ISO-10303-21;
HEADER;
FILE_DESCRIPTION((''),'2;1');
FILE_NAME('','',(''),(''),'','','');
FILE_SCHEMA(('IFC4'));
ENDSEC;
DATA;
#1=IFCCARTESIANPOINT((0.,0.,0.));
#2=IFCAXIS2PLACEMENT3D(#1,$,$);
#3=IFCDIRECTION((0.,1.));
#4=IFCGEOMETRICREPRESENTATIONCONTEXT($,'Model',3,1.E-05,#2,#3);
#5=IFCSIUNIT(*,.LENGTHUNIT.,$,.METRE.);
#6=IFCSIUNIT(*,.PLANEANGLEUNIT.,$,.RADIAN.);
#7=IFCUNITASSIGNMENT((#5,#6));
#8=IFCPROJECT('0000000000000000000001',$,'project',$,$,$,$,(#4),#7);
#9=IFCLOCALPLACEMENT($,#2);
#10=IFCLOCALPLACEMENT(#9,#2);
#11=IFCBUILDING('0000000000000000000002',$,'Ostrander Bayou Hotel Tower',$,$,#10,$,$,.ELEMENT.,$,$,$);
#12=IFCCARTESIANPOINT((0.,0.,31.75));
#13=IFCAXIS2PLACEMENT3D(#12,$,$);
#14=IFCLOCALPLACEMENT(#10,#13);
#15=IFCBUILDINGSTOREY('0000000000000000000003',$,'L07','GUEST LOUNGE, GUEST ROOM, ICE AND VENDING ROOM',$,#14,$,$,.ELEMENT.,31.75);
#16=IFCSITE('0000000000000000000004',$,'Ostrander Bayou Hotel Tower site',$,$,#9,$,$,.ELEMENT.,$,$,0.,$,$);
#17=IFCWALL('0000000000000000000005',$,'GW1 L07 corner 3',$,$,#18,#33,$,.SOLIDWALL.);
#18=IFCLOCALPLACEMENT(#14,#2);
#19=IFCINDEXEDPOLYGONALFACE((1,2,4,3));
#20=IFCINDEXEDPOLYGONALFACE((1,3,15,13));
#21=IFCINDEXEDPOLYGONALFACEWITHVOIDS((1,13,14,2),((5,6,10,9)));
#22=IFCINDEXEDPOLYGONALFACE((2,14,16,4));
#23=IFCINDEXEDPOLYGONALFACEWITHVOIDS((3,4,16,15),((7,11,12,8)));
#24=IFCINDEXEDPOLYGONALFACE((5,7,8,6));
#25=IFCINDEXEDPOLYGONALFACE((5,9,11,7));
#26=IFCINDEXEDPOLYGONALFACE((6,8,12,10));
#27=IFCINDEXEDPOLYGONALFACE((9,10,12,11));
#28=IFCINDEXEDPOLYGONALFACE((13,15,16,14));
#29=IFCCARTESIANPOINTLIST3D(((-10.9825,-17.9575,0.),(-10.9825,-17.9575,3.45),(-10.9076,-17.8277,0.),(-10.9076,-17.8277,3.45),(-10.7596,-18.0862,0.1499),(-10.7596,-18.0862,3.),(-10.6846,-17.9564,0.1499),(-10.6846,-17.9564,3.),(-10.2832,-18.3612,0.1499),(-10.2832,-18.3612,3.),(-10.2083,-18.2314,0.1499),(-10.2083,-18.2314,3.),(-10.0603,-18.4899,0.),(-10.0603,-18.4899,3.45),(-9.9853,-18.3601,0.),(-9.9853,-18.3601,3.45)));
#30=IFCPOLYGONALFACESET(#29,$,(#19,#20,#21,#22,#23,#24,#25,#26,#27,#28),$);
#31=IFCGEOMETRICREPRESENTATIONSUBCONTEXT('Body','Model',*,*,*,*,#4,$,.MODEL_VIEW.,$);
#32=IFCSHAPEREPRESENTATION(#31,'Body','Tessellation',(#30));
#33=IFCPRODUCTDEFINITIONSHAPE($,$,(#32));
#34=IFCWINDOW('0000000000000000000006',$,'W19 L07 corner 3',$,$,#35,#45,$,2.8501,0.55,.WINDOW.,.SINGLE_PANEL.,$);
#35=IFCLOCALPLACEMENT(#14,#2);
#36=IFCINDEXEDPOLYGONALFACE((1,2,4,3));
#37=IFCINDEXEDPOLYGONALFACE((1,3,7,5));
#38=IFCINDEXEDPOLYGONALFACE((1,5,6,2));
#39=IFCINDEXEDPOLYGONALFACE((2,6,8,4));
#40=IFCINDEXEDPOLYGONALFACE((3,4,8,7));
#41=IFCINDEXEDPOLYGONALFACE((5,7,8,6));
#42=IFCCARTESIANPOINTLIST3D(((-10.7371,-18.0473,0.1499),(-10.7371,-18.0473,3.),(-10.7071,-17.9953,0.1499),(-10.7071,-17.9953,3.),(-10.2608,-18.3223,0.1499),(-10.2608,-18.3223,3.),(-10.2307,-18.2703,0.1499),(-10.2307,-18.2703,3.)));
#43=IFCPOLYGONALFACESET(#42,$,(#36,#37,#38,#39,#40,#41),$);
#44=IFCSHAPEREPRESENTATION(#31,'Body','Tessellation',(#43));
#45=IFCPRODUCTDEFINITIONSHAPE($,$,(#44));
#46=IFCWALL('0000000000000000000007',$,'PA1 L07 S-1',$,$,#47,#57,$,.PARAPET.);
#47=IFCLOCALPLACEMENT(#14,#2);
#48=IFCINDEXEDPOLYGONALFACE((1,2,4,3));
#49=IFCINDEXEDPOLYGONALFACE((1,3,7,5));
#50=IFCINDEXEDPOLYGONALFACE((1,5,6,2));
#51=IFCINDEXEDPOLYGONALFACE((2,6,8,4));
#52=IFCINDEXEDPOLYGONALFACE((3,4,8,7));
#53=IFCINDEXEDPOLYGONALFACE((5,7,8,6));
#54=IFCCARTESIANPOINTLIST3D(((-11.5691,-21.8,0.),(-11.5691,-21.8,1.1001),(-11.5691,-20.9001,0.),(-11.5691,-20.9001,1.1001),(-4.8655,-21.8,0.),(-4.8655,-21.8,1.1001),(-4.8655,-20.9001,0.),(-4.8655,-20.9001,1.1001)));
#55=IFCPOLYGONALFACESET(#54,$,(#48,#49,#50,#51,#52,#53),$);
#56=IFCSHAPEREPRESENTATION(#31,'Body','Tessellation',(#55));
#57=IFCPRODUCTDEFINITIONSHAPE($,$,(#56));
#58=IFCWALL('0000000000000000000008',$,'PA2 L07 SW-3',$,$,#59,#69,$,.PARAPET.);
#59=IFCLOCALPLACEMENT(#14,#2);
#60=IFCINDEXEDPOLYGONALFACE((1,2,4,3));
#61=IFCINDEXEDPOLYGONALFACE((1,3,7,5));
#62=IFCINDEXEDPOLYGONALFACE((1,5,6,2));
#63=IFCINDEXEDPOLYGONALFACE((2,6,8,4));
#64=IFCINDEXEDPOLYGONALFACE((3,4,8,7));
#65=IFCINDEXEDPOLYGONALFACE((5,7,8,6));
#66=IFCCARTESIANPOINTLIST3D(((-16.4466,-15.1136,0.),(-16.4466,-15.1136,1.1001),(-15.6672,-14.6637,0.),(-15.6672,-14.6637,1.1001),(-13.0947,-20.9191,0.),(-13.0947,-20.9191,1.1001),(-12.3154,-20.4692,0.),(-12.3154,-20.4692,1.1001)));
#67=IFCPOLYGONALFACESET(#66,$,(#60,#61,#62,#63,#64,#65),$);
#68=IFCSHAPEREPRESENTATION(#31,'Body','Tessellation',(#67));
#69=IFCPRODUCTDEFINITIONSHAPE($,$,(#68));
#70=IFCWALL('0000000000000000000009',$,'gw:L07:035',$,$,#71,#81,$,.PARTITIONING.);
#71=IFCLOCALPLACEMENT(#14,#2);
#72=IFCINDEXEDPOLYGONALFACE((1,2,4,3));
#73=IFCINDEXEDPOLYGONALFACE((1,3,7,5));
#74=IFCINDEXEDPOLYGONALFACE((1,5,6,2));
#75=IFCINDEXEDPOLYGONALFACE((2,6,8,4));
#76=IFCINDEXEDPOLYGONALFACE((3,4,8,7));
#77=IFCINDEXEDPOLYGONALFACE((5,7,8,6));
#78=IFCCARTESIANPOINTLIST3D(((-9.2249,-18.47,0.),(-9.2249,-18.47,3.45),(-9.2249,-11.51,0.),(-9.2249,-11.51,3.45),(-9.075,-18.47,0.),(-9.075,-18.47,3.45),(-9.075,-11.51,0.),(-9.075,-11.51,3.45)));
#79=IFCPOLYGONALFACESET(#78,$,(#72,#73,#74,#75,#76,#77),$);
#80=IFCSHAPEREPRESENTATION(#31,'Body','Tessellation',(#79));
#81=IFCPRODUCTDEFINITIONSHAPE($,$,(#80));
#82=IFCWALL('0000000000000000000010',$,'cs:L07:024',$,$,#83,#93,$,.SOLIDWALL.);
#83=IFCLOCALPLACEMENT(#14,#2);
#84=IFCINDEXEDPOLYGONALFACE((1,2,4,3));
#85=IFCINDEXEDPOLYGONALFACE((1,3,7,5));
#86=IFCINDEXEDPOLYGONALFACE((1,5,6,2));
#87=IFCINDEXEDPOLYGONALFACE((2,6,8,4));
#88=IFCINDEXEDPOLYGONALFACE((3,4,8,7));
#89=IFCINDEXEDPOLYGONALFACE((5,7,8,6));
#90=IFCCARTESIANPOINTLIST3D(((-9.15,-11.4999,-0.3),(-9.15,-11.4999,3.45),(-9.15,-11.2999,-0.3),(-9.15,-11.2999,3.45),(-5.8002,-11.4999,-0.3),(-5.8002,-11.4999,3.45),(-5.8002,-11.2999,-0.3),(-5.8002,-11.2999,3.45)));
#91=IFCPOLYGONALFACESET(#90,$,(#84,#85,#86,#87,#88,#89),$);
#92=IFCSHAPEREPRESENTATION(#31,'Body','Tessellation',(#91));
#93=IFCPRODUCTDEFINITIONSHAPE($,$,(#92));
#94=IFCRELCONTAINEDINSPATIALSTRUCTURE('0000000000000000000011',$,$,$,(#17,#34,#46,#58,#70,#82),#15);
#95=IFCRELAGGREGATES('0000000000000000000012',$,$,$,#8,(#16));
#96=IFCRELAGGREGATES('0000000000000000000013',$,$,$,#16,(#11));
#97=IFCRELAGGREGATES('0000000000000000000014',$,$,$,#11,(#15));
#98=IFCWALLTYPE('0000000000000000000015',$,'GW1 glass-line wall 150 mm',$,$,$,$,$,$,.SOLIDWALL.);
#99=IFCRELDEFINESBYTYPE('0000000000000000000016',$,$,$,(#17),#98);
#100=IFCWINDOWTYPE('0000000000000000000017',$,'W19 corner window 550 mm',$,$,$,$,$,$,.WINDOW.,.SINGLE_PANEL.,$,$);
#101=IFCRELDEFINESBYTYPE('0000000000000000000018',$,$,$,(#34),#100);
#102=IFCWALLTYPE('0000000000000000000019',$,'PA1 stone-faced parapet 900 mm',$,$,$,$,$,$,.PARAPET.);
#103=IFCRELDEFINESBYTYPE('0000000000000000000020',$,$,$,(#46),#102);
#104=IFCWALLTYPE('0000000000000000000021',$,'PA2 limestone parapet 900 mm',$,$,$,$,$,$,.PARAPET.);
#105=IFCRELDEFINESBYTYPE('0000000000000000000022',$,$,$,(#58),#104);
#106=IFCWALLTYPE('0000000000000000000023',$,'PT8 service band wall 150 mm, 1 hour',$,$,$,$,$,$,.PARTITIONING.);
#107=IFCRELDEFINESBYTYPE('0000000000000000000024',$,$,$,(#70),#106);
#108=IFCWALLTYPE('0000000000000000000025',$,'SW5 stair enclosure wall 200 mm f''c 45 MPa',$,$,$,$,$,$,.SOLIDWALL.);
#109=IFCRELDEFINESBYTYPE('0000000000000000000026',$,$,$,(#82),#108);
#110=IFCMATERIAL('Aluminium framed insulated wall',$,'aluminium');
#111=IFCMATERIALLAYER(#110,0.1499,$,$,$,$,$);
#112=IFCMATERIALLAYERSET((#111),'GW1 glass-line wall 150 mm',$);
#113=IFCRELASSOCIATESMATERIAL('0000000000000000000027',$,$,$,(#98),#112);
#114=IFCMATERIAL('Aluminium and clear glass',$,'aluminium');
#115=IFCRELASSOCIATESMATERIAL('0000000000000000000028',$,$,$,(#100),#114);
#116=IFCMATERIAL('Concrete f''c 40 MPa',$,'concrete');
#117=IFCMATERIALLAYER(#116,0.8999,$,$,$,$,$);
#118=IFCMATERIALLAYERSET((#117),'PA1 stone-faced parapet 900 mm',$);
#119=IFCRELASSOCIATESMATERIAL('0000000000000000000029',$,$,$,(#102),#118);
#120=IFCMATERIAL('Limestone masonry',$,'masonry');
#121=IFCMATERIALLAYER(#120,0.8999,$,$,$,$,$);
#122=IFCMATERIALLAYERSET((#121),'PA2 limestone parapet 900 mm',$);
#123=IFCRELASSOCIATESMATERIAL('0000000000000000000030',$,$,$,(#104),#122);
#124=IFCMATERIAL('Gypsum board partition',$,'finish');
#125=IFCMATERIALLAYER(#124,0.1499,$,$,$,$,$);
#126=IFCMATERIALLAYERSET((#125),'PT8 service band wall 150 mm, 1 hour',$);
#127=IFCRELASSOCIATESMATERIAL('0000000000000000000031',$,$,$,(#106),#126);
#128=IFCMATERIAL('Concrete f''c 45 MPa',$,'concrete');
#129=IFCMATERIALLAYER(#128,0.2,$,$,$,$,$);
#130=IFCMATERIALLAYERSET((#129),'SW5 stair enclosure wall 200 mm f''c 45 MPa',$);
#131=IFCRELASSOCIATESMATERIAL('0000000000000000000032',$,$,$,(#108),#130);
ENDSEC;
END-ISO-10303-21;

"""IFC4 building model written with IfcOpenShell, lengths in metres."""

from ifc_helpers import new_model, si_unit, direction, frame, frame_2d, origin, place, context, subcontext, project, spatial, rectangle, extrude, material, layer, layer_set, type_object, element, fill, save


model = new_model("IFC4")

# Units and contexts
model_context = context("Model", 3, precision=1e-05, world=origin(), true_north=direction((0.0, 1.0)))
body_context = subcontext(model_context, "Body", "Model", "MODEL_VIEW")
ifc_project = project(units=[si_unit("LENGTHUNIT", "METRE"), si_unit("PLANEANGLEUNIT", "RADIAN")], contexts=[model_context])

# Site, building, storey
site_placement = place(None, origin())
site = spatial("IfcSite", under=ifc_project, at=site_placement, Name="Ostrander Bayou Hotel Tower site", CompositionType="ELEMENT", RefElevation=0.0)
building_placement = place(site_placement, origin())
building = spatial("IfcBuilding", under=site, at=building_placement, Name="Ostrander Bayou Hotel Tower", CompositionType="ELEMENT")
storey_placement = place(building_placement, frame((0.0, 0.0, 31.75)))
storey = spatial("IfcBuildingStorey", under=building, at=storey_placement, Name="L07", Description="GUEST LOUNGE, GUEST ROOM, ICE AND VENDING ROOM", CompositionType="ELEMENT", Elevation=31.75)

# Shared definitions
ifc_material_1 = material(Name="Aluminium framed insulated wall", Category="aluminium")
ifc_layer_1 = layer(ifc_material_1, 0.1499)
ifc_layer_set_1 = layer_set([ifc_layer_1], Name="GW1 glass-line wall 150 mm")
wall_type_1 = type_object("IfcWallType", Name="GW1 glass-line wall 150 mm", PredefinedType="SOLIDWALL", material=ifc_layer_set_1)

# Wall, opening, window
wall_1_placement = place(storey_placement, frame((-10.9451, -17.8926, 0.0), z_axis=(0.0, 0.0, 1.0), x_axis=(0.866048, -0.499961, 0.0)))
wall_1 = element("IfcWall", 1, at=wall_1_placement, inside=storey, type_object=wall_type_1, Name="GW1 L07 corner 3", PredefinedType="SOLIDWALL", context=body_context, shape_type="SweptSolid", body=[
    extrude(rectangle(XDim=1.0649, YDim=0.1499, at=frame_2d((0.5325, 0.0))), origin(), (0.0, 0.0, 1.0), 3.45),
])
opening_1_placement = place(wall_1_placement, frame((0.2576, 0.0, 0.1499)))
opening_1 = element("IfcOpeningElement", 2, at=opening_1_placement, cuts=wall_1, PredefinedType="OPENING", context=body_context, shape_type="SweptSolid", body=[
    extrude(rectangle(XDim=0.55, YDim=2.8501, at=frame_2d((0.2749, 1.425))), frame((0.0, 0.075, 0.0), z_axis=(0.0, -1.0, 0.0), x_axis=(1.0, 0.0, 0.0)), (0.0, 0.0, 1.0), 0.1499),
])
ifc_material_2 = material(Name="Aluminium and clear glass", Category="aluminium")
window_type_1 = type_object("IfcWindowType", Name="W19 corner window 550 mm", PartitioningType="SINGLE_PANEL", PredefinedType="WINDOW", material=ifc_material_2)
window_1_placement = place(opening_1_placement, origin())
window_1 = element("IfcWindow", 3, at=window_1_placement, inside=storey, type_object=window_type_1, Name="W19 L07 corner 3", OverallHeight=2.8501, OverallWidth=0.55, PartitioningType="SINGLE_PANEL", PredefinedType="WINDOW", context=body_context, shape_type="SweptSolid", body=[
    extrude(rectangle(XDim=0.55, YDim=2.8501, at=frame_2d((0.2749, 1.425))), frame((0.0, 0.03, 0.0), z_axis=(0.0, -1.0, 0.0), x_axis=(1.0, 0.0, 0.0)), (0.0, 0.0, 1.0), 0.0601),
])
fill(opening_1, window_1)

# Walls
ifc_material_3 = material(Name="Concrete f'c 40 MPa", Category="concrete")
ifc_layer_2 = layer(ifc_material_3, 0.8999)
ifc_layer_set_2 = layer_set([ifc_layer_2], Name="PA1 stone-faced parapet 900 mm")
wall_type_2 = type_object("IfcWallType", Name="PA1 stone-faced parapet 900 mm", PredefinedType="PARAPET", material=ifc_layer_set_2)
wall_2_placement = place(storey_placement, frame((-11.5691, -21.3501, 0.0), z_axis=(0.0, 0.0, 1.0), x_axis=(1.0, 0.0, 0.0)))
element("IfcWall", 4, at=wall_2_placement, inside=storey, type_object=wall_type_2, Name="PA1 L07 S-1", PredefinedType="PARAPET", context=body_context, shape_type="SweptSolid", body=[
    extrude(rectangle(XDim=6.7036, YDim=0.8999, at=frame_2d((3.3518, 0.0))), origin(), (0.0, 0.0, 1.0), 1.1001),
])
ifc_material_4 = material(Name="Limestone masonry", Category="masonry")
ifc_layer_3 = layer(ifc_material_4, 0.8999)
ifc_layer_set_3 = layer_set([ifc_layer_3], Name="PA2 limestone parapet 900 mm")
wall_type_3 = type_object("IfcWallType", Name="PA2 limestone parapet 900 mm", PredefinedType="PARAPET", material=ifc_layer_set_3)
wall_3_placement = place(storey_placement, frame((-16.0569, -14.8887, 0.0), z_axis=(0.0, 0.0, 1.0), x_axis=(0.500005, -0.866022, 0.0)))
element("IfcWall", 5, at=wall_3_placement, inside=storey, type_object=wall_type_3, Name="PA2 L07 SW-3", PredefinedType="PARAPET", context=body_context, shape_type="SweptSolid", body=[
    extrude(rectangle(XDim=6.7036, YDim=0.8999, at=frame_2d((3.3518, 0.0))), origin(), (0.0, 0.0, 1.0), 1.1001),
])
ifc_material_5 = material(Name="Gypsum board partition", Category="finish")
ifc_layer_4 = layer(ifc_material_5, 0.1499)
ifc_layer_set_4 = layer_set([ifc_layer_4], Name="PT8 service band wall 150 mm, 1 hour")
wall_type_4 = type_object("IfcWallType", Name="PT8 service band wall 150 mm, 1 hour", PredefinedType="PARTITIONING", material=ifc_layer_set_4)
wall_4_placement = place(storey_placement, frame((-9.1499, -18.47, 0.0), z_axis=(0.0, 0.0, 1.0), x_axis=(0.0, 1.0, 0.0)))
element("IfcWall", 6, at=wall_4_placement, inside=storey, type_object=wall_type_4, Name="gw:L07:035", PredefinedType="PARTITIONING", context=body_context, shape_type="SweptSolid", body=[
    extrude(rectangle(XDim=6.96, YDim=0.1499, at=frame_2d((3.48, 0.0))), origin(), (0.0, 0.0, 1.0), 3.45),
])
ifc_material_6 = material(Name="Concrete f'c 45 MPa", Category="concrete")
ifc_layer_5 = layer(ifc_material_6, 0.2)
ifc_layer_set_5 = layer_set([ifc_layer_5], Name="SW5 stair enclosure wall 200 mm f'c 45 MPa")
wall_type_5 = type_object("IfcWallType", Name="SW5 stair enclosure wall 200 mm f'c 45 MPa", PredefinedType="SOLIDWALL", material=ifc_layer_set_5)
wall_5_placement = place(storey_placement, frame((-9.1499, -11.3999, -0.3), z_axis=(0.0, 0.0, 1.0), x_axis=(1.0, 0.0, 0.0)))
element("IfcWall", 7, at=wall_5_placement, inside=storey, type_object=wall_type_5, Name="cs:L07:024", PredefinedType="SOLIDWALL", context=body_context, shape_type="SweptSolid", body=[
    extrude(rectangle(XDim=3.3499, YDim=0.2, at=frame_2d((1.6748, 0.0))), origin(), (0.0, 0.0, 1.0), 3.75),
])

save(model, "model.ifc")
